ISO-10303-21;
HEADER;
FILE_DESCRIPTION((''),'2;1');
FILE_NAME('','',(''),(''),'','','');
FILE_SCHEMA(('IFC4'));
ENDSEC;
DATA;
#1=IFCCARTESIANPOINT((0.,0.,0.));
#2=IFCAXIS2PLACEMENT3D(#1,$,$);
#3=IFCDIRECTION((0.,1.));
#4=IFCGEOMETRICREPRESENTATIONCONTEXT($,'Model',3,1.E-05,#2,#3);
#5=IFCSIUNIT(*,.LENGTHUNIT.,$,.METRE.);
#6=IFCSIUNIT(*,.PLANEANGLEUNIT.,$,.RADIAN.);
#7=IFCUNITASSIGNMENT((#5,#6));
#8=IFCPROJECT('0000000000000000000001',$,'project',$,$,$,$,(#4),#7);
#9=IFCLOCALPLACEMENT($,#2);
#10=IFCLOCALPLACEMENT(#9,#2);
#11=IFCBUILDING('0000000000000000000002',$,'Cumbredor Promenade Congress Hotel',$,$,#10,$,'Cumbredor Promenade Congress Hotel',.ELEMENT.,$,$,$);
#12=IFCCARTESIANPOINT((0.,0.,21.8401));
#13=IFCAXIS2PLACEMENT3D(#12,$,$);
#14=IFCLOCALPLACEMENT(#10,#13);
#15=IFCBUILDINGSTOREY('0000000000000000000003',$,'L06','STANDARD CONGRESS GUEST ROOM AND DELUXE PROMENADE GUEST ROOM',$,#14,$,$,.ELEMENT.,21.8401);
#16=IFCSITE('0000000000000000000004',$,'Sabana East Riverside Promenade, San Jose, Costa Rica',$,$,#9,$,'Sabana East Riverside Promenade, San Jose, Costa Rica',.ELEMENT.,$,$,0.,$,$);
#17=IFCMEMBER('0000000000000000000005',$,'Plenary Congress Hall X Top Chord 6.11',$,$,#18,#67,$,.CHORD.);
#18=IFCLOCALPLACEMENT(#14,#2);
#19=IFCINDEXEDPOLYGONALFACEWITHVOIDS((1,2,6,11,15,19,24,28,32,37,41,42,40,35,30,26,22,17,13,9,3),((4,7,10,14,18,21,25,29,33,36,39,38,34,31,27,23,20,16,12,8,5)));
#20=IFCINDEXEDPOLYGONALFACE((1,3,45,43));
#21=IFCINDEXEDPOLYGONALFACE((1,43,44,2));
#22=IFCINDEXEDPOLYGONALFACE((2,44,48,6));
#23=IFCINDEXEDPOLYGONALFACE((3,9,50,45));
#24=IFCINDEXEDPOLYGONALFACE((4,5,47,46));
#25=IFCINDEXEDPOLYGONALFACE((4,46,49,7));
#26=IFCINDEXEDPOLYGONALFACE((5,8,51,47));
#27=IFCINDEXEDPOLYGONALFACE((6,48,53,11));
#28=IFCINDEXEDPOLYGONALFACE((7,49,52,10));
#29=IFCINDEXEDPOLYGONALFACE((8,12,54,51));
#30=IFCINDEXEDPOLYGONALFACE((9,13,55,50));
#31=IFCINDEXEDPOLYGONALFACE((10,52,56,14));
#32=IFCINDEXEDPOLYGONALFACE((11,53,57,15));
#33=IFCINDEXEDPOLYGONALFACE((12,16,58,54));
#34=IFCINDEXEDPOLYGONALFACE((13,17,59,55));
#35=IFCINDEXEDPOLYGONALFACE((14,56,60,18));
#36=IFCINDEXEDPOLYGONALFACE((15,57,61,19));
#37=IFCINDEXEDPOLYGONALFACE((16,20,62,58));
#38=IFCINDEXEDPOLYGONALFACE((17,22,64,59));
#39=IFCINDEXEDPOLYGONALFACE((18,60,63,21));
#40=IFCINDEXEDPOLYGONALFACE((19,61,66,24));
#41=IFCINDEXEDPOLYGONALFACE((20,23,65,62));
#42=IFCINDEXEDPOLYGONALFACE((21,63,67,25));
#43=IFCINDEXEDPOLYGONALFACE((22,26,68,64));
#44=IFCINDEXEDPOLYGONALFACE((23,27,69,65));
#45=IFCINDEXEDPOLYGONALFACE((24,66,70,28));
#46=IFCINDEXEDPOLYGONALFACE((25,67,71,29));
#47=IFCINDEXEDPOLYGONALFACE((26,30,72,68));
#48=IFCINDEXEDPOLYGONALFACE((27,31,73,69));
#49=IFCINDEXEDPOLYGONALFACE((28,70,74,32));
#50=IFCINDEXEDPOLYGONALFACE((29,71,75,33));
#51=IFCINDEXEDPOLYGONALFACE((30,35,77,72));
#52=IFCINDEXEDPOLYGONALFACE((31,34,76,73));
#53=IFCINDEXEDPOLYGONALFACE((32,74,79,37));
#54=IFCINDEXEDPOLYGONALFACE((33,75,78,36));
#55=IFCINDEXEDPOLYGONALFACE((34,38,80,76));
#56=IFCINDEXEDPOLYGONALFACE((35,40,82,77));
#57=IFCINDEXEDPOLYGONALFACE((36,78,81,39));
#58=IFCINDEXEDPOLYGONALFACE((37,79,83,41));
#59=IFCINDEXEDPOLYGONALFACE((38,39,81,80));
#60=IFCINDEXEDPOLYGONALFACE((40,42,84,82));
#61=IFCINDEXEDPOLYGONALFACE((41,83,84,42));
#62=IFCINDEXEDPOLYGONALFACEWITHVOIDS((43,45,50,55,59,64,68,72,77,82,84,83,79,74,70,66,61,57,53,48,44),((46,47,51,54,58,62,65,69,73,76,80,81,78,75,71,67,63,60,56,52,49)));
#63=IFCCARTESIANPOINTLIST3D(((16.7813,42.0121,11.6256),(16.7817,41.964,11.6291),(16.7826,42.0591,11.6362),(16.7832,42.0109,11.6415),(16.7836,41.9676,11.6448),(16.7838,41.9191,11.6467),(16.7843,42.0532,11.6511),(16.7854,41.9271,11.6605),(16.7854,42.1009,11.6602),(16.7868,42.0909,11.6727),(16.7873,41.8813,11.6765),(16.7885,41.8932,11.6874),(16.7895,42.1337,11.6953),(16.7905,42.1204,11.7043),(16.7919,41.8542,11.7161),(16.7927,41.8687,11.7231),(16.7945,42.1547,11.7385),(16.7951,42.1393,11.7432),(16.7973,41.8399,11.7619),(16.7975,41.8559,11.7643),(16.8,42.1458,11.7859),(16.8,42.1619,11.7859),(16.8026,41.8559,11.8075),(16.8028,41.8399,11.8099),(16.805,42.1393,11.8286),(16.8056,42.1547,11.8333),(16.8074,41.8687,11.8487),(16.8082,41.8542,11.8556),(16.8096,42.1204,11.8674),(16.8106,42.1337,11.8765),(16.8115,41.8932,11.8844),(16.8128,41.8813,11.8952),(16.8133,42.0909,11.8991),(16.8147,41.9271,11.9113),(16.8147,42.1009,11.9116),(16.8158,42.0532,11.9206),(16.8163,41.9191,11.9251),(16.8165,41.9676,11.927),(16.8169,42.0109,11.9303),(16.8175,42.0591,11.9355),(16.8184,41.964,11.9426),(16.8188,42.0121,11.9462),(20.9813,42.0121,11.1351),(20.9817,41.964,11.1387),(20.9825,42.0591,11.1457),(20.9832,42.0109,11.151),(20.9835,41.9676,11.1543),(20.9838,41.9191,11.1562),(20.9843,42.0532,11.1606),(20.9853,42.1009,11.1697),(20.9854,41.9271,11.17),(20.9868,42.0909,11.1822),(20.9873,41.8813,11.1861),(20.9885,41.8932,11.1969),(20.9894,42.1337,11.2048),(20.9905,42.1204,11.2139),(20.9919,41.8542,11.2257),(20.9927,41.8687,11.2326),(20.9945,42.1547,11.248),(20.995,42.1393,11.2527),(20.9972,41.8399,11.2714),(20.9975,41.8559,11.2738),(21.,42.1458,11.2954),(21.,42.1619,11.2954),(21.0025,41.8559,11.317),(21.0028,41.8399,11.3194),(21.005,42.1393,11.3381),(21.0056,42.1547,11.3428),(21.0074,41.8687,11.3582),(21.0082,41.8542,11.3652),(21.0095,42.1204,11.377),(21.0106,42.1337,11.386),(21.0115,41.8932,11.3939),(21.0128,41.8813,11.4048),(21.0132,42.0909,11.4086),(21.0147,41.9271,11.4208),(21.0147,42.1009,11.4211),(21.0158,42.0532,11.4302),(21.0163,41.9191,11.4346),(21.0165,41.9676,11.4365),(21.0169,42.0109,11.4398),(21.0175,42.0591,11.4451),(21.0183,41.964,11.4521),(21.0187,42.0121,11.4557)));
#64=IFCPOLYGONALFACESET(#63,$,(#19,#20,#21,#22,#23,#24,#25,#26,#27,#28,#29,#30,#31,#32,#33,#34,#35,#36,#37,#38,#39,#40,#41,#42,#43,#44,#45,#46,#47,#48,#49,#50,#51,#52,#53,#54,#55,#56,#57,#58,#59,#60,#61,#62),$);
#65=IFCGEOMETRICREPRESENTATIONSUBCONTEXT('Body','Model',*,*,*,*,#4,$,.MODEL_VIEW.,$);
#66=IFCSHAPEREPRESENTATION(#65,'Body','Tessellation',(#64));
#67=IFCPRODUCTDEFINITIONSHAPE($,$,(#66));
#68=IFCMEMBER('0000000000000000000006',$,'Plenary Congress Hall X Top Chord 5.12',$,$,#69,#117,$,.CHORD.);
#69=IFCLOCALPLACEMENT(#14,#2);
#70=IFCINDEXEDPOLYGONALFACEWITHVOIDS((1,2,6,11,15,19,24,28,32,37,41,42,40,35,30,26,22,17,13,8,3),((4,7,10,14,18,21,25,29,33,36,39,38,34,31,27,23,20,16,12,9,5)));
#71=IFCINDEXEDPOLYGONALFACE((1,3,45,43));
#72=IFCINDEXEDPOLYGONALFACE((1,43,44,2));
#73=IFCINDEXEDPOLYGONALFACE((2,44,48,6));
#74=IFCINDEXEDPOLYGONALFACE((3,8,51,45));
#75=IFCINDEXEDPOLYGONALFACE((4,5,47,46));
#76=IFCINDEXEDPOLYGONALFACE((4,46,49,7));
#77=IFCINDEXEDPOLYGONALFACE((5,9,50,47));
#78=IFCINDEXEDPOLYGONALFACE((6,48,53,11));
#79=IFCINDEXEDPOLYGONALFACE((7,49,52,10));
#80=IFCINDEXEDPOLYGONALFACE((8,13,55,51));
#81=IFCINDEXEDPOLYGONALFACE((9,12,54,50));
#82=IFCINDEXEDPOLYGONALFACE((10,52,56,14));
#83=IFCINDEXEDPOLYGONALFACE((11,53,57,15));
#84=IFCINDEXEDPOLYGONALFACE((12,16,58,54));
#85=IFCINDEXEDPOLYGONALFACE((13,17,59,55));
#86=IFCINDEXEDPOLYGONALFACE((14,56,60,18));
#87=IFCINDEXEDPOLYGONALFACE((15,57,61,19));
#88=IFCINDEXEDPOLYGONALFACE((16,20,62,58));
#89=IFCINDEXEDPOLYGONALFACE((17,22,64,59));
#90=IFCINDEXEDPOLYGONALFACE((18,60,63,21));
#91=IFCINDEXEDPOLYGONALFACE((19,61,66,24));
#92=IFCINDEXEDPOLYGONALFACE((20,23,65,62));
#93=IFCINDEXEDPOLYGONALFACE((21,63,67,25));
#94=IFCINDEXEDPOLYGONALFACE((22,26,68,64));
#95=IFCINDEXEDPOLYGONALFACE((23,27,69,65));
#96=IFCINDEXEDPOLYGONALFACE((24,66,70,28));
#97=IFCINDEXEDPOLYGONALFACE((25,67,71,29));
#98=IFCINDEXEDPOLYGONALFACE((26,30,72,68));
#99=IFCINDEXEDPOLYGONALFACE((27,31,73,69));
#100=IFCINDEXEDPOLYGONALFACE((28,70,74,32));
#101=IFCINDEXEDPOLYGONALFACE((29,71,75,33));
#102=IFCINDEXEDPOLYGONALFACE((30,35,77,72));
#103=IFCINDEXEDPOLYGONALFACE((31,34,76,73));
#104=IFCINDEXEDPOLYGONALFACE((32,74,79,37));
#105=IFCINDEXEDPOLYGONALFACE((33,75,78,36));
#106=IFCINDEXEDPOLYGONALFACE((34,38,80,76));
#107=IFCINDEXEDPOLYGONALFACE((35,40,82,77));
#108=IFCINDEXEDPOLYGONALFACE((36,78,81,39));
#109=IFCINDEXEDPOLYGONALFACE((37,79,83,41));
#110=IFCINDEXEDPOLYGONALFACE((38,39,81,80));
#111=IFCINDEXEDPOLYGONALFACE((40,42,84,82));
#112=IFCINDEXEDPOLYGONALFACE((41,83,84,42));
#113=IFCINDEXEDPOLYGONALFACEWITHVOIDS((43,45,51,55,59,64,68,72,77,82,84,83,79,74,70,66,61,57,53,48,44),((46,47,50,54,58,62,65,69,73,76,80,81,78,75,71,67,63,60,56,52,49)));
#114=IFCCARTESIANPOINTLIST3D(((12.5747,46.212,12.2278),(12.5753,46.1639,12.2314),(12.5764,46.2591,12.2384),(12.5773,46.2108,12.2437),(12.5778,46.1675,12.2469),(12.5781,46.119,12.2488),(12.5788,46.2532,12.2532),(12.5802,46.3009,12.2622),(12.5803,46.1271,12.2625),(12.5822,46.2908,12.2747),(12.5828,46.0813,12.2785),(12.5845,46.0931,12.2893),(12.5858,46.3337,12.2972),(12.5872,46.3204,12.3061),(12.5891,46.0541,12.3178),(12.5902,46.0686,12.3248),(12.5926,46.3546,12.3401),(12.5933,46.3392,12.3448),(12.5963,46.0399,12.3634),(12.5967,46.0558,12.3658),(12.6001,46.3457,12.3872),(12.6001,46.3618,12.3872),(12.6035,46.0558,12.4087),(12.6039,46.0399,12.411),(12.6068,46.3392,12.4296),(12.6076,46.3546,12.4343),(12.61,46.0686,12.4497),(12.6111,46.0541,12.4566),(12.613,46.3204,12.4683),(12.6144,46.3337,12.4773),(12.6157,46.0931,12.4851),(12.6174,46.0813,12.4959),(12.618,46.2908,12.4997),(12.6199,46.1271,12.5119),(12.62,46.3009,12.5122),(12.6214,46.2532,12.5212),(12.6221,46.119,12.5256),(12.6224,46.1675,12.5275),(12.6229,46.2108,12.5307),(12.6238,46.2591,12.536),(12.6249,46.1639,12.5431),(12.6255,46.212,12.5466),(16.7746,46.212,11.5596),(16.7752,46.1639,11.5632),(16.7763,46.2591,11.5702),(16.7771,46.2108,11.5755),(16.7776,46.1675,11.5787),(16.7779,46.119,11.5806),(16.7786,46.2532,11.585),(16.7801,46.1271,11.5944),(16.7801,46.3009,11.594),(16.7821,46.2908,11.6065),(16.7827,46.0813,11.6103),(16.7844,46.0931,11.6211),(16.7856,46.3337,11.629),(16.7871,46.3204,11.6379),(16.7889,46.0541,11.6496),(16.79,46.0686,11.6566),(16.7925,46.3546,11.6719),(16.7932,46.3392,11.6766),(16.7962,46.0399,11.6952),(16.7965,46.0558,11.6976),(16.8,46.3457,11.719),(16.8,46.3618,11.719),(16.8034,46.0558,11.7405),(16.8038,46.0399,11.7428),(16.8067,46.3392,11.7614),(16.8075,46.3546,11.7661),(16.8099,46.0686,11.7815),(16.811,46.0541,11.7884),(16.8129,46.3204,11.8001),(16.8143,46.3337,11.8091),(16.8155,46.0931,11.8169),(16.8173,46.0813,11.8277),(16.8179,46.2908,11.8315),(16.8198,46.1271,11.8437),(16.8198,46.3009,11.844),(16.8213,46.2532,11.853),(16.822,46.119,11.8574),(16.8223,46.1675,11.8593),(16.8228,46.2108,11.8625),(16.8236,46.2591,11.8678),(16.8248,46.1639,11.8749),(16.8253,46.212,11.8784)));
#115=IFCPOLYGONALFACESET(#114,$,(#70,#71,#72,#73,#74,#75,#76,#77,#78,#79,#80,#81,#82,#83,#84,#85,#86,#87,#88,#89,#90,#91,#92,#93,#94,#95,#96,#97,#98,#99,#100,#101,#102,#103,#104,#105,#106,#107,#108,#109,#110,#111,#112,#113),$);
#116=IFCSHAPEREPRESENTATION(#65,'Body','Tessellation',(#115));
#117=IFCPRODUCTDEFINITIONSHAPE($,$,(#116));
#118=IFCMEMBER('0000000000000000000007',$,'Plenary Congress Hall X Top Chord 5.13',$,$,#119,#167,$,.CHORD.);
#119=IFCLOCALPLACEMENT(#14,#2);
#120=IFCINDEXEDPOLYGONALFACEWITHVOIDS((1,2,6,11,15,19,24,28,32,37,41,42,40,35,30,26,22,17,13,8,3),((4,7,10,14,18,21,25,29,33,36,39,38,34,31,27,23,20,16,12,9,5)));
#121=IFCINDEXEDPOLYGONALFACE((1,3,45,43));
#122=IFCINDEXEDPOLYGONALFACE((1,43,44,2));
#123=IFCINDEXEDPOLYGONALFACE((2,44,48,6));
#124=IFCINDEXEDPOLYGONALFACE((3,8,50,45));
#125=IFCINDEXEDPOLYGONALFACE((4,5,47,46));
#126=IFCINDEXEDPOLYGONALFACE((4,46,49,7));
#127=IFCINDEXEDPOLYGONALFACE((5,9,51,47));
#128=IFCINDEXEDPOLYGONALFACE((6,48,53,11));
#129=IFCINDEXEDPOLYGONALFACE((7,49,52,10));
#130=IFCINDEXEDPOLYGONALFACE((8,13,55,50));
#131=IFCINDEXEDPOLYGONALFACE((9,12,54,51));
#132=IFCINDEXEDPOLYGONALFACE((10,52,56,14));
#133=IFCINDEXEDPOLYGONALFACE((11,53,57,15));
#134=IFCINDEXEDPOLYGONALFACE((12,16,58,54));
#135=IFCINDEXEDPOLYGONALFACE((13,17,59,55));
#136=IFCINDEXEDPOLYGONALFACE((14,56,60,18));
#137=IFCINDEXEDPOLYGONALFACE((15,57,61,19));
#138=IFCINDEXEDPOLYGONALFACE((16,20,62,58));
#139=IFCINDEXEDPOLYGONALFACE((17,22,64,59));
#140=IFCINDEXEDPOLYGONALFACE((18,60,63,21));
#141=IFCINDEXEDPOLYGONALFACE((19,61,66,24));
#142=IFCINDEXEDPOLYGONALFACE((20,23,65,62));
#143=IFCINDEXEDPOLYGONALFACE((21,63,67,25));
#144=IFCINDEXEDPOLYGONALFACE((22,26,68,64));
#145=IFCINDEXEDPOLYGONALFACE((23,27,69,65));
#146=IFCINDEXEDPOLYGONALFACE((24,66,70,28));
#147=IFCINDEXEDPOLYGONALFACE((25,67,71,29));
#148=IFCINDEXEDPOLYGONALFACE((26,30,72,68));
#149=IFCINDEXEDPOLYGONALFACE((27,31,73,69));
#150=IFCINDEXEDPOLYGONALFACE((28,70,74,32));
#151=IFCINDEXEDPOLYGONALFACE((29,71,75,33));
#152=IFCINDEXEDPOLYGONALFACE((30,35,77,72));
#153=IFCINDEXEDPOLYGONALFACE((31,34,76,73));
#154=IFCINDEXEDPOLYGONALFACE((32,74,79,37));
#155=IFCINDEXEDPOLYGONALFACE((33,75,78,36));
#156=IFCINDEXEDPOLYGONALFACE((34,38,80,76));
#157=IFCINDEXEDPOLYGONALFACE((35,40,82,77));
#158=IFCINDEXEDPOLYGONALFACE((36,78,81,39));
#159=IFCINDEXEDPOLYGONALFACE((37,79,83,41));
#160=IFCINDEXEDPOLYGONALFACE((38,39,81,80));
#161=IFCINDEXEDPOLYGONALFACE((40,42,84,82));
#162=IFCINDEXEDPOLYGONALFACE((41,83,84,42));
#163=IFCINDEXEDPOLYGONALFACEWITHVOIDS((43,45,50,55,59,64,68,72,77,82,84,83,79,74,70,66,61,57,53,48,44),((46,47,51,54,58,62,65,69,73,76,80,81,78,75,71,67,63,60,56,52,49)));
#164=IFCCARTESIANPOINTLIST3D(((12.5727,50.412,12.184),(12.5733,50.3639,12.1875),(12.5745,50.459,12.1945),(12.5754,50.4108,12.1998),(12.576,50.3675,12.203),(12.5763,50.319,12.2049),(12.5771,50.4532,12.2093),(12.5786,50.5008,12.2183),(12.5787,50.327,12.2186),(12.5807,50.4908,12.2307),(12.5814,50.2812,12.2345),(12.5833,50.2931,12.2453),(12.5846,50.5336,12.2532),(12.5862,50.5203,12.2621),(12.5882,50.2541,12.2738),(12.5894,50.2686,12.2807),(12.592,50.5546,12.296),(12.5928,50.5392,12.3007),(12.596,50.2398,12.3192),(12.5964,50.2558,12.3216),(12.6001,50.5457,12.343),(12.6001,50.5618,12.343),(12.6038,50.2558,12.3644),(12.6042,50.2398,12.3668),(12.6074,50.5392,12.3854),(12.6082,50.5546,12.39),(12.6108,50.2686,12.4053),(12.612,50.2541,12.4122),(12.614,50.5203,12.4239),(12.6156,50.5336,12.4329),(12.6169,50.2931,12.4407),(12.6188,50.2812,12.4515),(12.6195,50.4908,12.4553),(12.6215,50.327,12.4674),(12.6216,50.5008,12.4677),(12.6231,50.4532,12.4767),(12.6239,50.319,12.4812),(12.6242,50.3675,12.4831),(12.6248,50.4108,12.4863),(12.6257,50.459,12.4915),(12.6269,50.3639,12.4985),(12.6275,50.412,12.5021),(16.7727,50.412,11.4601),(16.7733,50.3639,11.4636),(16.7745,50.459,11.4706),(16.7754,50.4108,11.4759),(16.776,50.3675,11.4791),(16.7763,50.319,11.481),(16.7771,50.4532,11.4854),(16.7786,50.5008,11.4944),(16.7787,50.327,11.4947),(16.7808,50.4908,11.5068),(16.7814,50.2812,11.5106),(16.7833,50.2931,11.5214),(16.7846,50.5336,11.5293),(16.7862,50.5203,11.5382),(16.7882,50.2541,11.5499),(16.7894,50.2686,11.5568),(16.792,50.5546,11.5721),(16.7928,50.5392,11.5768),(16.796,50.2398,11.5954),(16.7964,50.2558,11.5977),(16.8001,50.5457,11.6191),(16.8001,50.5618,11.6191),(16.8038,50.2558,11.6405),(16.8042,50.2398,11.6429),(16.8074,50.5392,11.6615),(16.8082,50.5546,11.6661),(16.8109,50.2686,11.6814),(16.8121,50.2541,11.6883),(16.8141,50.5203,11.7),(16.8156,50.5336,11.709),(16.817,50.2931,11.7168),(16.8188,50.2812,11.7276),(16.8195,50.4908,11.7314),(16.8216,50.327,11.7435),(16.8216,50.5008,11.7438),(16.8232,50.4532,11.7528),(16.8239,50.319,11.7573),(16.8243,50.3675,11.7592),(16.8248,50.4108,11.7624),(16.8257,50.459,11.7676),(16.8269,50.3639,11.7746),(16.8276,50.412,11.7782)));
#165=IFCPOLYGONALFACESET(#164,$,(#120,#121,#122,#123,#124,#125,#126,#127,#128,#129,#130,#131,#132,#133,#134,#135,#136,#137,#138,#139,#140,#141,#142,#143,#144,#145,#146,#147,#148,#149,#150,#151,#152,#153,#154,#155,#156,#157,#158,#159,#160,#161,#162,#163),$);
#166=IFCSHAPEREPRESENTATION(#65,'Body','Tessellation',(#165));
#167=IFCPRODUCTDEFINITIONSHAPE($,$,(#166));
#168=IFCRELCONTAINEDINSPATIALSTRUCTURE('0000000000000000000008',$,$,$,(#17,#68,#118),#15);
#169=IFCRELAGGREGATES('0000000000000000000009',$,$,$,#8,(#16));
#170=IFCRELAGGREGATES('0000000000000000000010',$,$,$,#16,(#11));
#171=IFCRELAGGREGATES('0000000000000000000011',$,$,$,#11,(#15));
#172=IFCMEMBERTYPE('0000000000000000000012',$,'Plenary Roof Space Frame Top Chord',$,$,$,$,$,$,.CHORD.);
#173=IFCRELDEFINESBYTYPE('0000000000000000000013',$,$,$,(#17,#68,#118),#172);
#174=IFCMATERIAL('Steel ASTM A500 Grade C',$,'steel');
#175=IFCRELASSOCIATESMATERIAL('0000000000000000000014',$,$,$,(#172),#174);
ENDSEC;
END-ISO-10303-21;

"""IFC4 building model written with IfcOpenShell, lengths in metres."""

from ifc_helpers import new_model, si_unit, direction, frame, origin, origin_2d, place, context, subcontext, project, spatial, hollow_circle, extrude, material, material_profile, profile_set, type_object, element, save


model = new_model("IFC4")

# Units and contexts
model_context = context("Model", 3, precision=1e-05, world=origin(), true_north=direction((0.0, 1.0)))
body_context = subcontext(model_context, "Body", "Model", "MODEL_VIEW")
ifc_project = project(units=[si_unit("LENGTHUNIT", "METRE"), si_unit("PLANEANGLEUNIT", "RADIAN")], contexts=[model_context])

# Site, building, storey
site_placement = place(None, origin())
site = spatial("IfcSite", under=ifc_project, at=site_placement, Name="Sabana East Riverside Promenade, San Jose, Costa Rica", LongName="Sabana East Riverside Promenade, San Jose, Costa Rica", CompositionType="ELEMENT", RefElevation=0.0)
building_placement = place(site_placement, origin())
building = spatial("IfcBuilding", under=site, at=building_placement, Name="Cumbredor Promenade Congress Hotel", LongName="Cumbredor Promenade Congress Hotel", CompositionType="ELEMENT")
storey_placement = place(building_placement, frame((0.0, 0.0, 21.8401)))
storey = spatial("IfcBuildingStorey", under=building, at=storey_placement, Name="L06", Description="STANDARD CONGRESS GUEST ROOM AND DELUXE PROMENADE GUEST ROOM", CompositionType="ELEMENT", Elevation=21.8401)

# Members
ifc_material_1 = material(Name="Steel ASTM A500 Grade C", Category="steel")
ifc_material_profile_1 = material_profile(ifc_material_1, hollow_circle(Radius=0.1619, WallThickness=0.0161, at=origin_2d()), Name="CHS 323.9x16")
ifc_profile_set_1 = profile_set([ifc_material_profile_1], Name="Steel ASTM A500 Grade C")
member_type_1 = type_object("IfcMemberType", Name="Plenary Roof Space Frame Top Chord", PredefinedType="CHORD", material=ifc_profile_set_1)
member_1_placement = place(storey_placement, frame((16.8, 42.0, 11.7859), z_axis=(0.99325, 0.0, -0.115994), x_axis=(0.0, 1.0, 0.0)))
element("IfcMember", 1, at=member_1_placement, inside=storey, type_object=member_type_1, Name="Plenary Congress Hall X Top Chord 6.11", PredefinedType="CHORD", context=body_context, shape_type="SweptSolid", body=[
    extrude(hollow_circle(Radius=0.1619, WallThickness=0.0161, at=origin_2d()), origin(), (0.0, 0.0, 1.0), 4.2285),
])
member_2_placement = place(storey_placement, frame((12.6001, 46.2, 12.3872), z_axis=(0.987579, 0.0, -0.157124), x_axis=(0.0, 1.0, 0.0)))
element("IfcMember", 2, at=member_2_placement, inside=storey, type_object=member_type_1, Name="Plenary Congress Hall X Top Chord 5.12", PredefinedType="CHORD", context=body_context, shape_type="SweptSolid", body=[
    extrude(hollow_circle(Radius=0.1619, WallThickness=0.0161, at=origin_2d()), origin(), (0.0, 0.0, 1.0), 4.2527),
])
member_3_placement = place(storey_placement, frame((12.6001, 50.3999, 12.343), z_axis=(0.98547, 0.0, -0.169849), x_axis=(0.0, 1.0, 0.0)))
element("IfcMember", 3, at=member_3_placement, inside=storey, type_object=member_type_1, Name="Plenary Congress Hall X Top Chord 5.13", PredefinedType="CHORD", context=body_context, shape_type="SweptSolid", body=[
    extrude(hollow_circle(Radius=0.1619, WallThickness=0.0161, at=origin_2d()), origin(), (0.0, 0.0, 1.0), 4.262),
])

save(model, "model.ifc")
